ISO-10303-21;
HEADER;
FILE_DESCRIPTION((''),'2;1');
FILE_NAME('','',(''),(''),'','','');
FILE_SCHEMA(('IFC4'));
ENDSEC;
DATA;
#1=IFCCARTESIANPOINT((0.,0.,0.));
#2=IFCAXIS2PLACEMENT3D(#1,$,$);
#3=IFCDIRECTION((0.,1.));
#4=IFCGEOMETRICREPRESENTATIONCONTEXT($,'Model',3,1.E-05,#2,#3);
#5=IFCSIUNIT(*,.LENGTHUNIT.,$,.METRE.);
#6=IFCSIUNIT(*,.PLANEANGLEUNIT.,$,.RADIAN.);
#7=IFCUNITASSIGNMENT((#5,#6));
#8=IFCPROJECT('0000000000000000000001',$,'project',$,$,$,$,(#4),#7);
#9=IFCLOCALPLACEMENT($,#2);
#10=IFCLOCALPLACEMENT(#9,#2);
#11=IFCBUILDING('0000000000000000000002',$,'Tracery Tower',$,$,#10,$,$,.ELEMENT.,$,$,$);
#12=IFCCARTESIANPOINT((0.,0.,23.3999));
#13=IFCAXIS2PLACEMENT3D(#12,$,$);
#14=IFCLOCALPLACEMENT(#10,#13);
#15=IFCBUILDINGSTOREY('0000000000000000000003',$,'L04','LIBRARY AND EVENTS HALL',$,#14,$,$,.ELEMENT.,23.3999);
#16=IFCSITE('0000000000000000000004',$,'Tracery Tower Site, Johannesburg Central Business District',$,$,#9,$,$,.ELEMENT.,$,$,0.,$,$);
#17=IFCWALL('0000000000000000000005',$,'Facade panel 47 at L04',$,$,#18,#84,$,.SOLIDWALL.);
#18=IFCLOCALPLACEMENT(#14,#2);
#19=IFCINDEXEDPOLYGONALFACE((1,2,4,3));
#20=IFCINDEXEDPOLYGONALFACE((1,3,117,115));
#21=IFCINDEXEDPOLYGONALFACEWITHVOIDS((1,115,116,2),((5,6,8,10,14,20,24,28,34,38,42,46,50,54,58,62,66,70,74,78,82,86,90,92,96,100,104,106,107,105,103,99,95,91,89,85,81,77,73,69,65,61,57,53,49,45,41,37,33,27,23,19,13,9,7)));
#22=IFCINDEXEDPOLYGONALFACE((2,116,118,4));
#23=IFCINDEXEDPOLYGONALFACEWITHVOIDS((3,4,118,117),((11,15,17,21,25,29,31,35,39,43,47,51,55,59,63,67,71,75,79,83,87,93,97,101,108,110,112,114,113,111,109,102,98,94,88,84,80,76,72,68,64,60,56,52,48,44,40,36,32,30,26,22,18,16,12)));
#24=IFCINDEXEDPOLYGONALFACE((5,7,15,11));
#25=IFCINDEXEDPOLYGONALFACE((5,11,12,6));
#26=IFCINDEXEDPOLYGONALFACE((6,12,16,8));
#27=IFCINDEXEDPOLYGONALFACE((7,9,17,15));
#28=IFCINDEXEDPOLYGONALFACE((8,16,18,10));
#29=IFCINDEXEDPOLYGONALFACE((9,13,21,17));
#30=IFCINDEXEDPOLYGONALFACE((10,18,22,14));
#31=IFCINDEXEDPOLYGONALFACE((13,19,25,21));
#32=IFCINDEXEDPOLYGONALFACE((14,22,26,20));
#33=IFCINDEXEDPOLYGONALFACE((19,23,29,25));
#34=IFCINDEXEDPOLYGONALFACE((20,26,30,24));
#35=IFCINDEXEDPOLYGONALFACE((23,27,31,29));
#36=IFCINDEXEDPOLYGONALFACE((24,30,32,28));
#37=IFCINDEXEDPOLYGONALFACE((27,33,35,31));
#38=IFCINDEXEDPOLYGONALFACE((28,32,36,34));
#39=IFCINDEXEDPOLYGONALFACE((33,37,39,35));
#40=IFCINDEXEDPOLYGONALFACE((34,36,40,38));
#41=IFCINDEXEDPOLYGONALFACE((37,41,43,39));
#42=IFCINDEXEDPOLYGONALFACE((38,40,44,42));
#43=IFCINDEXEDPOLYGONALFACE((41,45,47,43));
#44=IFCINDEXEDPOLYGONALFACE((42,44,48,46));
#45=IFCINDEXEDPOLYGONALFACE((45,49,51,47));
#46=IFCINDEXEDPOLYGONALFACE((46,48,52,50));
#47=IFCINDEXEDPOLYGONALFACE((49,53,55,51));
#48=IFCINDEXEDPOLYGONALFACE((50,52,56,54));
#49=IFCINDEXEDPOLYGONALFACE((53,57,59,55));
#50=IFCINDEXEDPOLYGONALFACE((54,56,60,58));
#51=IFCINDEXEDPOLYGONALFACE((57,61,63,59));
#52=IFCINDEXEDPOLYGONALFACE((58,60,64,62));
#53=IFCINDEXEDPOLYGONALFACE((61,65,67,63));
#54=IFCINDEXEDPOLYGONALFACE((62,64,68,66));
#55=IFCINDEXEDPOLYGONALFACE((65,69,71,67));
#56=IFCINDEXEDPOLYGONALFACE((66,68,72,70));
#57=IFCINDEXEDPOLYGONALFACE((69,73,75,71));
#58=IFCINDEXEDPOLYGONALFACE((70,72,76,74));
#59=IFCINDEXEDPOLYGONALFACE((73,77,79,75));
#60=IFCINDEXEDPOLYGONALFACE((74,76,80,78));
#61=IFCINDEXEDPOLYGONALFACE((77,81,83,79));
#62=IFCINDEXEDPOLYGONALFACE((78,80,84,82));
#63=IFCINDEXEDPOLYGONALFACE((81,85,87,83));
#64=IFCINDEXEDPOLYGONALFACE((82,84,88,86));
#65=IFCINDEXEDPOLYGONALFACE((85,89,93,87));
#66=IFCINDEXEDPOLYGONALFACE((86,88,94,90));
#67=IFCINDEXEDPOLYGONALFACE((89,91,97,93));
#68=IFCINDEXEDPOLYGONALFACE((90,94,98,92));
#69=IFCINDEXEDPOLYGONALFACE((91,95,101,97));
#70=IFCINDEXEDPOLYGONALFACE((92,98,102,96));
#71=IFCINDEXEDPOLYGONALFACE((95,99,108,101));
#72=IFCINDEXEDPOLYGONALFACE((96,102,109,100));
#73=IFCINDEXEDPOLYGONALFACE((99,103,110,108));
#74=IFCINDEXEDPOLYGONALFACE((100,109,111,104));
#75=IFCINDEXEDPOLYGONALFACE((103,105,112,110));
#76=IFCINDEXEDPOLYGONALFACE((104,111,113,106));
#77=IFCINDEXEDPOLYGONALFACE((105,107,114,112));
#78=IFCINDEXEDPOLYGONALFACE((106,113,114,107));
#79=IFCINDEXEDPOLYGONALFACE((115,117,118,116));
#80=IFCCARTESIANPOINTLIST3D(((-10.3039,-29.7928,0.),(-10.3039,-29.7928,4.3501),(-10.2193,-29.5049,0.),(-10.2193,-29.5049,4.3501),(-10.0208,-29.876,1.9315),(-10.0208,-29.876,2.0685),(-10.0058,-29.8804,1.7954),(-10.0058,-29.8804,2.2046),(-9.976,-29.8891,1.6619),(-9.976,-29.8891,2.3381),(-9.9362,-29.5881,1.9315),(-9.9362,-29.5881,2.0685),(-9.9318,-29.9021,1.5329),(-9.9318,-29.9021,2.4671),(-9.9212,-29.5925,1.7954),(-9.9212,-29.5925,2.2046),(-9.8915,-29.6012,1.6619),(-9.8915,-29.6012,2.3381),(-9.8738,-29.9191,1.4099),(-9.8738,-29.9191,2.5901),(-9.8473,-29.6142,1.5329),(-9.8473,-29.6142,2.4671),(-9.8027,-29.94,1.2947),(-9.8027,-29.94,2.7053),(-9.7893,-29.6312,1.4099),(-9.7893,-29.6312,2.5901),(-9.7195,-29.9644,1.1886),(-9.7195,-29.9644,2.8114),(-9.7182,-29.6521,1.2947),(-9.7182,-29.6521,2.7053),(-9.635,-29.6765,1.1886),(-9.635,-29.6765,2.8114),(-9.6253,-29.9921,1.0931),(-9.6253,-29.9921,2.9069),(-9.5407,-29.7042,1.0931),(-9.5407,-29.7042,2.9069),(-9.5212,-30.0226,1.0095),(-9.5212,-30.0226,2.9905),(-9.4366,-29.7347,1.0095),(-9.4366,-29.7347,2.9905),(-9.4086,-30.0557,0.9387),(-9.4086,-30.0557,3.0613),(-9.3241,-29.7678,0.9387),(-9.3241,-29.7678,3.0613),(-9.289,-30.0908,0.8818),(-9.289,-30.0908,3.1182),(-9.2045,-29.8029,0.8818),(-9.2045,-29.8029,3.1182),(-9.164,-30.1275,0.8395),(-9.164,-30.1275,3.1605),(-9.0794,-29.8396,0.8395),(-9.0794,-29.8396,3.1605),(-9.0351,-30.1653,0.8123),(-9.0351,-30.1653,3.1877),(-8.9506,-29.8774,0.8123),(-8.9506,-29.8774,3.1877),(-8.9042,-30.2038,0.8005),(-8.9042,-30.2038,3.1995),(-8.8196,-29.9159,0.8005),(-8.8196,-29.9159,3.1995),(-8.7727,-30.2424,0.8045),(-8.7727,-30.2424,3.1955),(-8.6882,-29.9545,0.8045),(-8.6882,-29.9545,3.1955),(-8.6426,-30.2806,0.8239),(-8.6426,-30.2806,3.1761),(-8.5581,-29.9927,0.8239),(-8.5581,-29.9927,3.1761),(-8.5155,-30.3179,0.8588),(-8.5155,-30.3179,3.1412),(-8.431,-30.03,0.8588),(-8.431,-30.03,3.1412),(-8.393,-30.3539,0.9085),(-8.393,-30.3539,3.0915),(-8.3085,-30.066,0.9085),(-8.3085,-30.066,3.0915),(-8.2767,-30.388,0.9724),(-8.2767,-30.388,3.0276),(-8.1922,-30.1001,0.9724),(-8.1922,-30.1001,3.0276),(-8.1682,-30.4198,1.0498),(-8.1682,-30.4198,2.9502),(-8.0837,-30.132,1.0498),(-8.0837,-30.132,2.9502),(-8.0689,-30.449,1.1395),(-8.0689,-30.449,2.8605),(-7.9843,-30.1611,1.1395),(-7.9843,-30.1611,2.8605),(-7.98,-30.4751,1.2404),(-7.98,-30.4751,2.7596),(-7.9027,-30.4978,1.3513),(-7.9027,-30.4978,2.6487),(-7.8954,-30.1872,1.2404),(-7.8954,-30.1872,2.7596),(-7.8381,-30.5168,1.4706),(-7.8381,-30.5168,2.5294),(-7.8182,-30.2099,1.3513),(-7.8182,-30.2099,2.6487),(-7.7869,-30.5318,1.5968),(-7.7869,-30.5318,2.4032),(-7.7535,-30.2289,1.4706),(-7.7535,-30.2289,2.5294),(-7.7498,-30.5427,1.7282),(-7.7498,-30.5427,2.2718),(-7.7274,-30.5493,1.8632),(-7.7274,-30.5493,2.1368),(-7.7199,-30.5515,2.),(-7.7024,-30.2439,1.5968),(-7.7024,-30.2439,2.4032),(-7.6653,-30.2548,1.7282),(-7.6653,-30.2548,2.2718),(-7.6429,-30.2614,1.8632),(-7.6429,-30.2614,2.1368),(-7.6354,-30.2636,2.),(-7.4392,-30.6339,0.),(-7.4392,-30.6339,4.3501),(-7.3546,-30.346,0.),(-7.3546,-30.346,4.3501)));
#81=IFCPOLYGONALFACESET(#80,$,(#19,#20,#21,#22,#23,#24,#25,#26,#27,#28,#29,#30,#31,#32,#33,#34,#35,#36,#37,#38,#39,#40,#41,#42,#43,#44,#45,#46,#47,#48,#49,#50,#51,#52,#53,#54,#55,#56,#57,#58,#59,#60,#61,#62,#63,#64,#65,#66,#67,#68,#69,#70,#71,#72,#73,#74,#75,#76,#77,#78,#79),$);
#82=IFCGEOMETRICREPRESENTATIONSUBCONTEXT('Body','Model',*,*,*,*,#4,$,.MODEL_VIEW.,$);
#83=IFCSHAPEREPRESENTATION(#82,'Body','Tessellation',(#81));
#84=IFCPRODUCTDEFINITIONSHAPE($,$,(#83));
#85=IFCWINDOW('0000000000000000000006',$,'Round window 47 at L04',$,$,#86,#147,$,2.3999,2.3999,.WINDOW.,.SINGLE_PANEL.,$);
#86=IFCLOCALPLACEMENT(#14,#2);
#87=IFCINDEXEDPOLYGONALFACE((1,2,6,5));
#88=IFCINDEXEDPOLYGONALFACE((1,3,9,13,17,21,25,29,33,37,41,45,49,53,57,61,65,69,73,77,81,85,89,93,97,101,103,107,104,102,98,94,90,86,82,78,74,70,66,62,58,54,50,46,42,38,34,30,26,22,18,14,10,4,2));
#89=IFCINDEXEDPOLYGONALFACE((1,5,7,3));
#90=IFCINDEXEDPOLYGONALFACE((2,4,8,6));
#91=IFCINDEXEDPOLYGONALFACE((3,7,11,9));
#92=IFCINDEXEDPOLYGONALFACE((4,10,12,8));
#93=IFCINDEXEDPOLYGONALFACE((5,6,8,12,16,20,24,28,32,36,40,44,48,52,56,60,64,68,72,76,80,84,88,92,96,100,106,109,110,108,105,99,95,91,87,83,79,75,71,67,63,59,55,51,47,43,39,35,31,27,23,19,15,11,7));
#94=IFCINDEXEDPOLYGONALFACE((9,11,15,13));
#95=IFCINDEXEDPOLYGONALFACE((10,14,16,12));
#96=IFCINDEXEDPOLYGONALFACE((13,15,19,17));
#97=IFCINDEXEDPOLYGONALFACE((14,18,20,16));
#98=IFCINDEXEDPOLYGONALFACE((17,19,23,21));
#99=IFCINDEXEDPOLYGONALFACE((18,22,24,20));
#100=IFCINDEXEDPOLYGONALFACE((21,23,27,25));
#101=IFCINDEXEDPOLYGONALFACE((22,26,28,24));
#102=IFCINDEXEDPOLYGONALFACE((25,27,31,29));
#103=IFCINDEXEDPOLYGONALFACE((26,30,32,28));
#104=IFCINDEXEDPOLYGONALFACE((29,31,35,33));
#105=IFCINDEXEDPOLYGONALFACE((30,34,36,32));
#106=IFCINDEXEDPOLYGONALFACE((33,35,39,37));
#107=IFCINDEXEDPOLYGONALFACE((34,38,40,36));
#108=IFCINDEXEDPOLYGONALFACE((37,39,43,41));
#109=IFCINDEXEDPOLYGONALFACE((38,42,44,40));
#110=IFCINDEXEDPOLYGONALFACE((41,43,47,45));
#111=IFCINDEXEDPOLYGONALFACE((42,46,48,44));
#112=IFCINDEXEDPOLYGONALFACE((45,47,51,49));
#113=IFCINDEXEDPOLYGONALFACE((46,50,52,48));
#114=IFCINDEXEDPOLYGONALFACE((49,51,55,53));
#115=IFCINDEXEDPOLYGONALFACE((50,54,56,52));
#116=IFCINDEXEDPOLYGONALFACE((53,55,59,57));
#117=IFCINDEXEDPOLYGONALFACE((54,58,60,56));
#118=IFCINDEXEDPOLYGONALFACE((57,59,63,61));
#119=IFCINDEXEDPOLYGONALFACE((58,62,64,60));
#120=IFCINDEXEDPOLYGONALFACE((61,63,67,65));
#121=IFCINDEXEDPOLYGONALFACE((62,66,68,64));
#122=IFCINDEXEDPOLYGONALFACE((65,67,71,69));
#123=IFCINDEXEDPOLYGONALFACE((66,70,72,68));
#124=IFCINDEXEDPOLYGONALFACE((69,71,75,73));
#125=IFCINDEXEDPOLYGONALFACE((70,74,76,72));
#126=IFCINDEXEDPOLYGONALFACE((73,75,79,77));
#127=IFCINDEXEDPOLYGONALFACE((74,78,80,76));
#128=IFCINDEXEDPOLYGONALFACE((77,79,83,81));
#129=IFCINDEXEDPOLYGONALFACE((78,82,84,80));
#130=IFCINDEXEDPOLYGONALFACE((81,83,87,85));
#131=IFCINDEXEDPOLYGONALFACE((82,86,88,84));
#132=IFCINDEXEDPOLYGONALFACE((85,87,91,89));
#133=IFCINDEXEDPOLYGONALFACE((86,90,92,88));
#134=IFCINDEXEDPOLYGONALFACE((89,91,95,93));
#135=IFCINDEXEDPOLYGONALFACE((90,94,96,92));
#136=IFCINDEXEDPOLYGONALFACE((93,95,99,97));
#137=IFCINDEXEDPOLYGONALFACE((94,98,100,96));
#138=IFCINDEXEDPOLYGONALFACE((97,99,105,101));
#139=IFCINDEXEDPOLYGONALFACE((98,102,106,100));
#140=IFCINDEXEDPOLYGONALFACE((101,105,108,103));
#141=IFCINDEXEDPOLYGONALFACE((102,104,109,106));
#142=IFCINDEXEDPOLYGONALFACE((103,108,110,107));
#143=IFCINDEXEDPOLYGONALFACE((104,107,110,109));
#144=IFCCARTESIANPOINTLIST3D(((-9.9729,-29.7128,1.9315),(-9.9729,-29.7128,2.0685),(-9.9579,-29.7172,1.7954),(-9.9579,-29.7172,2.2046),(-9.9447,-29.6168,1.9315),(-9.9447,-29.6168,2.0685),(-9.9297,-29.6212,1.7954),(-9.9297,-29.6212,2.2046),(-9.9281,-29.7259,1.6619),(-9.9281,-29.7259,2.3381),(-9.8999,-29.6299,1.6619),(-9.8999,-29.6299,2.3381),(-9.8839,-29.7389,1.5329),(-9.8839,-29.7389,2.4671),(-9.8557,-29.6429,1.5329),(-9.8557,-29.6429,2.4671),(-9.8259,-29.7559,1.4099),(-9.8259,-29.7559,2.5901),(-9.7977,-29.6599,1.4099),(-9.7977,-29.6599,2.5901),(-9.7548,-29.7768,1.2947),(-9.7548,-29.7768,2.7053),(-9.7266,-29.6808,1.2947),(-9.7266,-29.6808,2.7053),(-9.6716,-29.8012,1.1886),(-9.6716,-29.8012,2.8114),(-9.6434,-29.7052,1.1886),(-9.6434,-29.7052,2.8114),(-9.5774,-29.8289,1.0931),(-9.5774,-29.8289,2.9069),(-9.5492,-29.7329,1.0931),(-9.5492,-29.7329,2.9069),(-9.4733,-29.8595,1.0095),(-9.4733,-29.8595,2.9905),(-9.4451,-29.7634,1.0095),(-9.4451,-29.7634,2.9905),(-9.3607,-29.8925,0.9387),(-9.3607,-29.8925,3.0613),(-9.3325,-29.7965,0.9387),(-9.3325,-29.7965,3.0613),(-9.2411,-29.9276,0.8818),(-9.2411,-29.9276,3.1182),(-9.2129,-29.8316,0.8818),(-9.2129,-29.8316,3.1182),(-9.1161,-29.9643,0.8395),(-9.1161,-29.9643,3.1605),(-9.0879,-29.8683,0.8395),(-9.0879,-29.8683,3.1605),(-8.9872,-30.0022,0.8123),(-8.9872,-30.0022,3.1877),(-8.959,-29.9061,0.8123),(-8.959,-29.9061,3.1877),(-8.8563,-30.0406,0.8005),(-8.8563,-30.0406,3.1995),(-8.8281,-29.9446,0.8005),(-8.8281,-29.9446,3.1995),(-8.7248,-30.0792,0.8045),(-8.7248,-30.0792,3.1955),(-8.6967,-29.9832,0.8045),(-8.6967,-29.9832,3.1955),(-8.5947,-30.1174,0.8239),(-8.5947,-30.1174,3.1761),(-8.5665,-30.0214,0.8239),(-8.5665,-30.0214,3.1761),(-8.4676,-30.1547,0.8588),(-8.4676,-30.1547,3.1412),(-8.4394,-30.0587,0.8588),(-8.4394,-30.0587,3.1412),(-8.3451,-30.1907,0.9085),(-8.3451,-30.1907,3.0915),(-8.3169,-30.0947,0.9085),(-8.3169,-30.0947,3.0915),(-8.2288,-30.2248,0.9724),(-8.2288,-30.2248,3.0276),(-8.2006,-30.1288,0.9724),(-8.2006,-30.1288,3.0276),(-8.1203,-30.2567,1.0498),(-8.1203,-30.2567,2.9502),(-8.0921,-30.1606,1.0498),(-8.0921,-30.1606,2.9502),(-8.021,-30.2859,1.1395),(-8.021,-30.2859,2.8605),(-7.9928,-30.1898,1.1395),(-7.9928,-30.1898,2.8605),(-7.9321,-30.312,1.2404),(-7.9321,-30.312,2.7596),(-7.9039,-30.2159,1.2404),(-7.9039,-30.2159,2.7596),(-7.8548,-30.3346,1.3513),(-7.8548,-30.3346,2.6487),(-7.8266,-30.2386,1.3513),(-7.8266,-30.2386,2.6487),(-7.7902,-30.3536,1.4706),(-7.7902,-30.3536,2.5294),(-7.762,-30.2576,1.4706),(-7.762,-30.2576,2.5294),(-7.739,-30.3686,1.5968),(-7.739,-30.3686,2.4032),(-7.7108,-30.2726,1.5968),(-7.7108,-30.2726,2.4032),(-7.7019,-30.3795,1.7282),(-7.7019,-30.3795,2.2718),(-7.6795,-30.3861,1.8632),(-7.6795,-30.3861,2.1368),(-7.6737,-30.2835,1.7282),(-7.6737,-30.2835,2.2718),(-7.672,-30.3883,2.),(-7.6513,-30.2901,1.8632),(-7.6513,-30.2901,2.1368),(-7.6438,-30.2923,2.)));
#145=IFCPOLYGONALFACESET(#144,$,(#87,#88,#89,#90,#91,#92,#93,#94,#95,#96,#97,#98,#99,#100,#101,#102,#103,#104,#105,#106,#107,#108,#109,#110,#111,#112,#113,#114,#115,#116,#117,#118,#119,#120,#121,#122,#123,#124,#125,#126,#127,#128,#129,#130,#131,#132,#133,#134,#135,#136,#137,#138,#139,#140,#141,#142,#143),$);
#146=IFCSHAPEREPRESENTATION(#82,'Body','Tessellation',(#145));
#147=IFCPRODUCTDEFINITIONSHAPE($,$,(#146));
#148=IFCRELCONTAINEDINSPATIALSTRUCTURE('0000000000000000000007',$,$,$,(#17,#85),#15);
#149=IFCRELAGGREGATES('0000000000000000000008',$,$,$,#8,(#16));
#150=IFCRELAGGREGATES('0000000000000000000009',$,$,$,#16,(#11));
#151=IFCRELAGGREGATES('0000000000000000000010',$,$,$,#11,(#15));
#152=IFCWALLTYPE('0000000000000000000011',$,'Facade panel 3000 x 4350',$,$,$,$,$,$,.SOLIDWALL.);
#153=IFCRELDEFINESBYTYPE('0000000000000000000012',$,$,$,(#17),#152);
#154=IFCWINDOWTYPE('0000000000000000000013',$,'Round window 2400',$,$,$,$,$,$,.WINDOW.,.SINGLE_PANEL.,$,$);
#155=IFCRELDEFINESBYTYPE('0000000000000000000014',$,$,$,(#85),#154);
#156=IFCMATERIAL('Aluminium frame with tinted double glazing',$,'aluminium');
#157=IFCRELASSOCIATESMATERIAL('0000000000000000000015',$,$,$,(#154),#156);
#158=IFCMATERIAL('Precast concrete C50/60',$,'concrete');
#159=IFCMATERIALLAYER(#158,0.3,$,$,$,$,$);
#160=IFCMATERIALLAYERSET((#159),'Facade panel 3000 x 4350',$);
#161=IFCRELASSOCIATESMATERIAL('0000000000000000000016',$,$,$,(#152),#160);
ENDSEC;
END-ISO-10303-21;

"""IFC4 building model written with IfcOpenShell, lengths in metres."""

from ifc_helpers import new_model, si_unit, direction, frame, frame_2d, origin, origin_2d, place, context, subcontext, project, spatial, rectangle, circle, extrude, material, layer, layer_set, type_object, element, fill, save


model = new_model("IFC4")

# Units and contexts
model_context = context("Model", 3, precision=1e-05, world=origin(), true_north=direction((0.0, 1.0)))
body_context = subcontext(model_context, "Body", "Model", "MODEL_VIEW")
ifc_project = project(units=[si_unit("LENGTHUNIT", "METRE"), si_unit("PLANEANGLEUNIT", "RADIAN")], contexts=[model_context])

# Site, building, storey
site_placement = place(None, origin())
site = spatial("IfcSite", under=ifc_project, at=site_placement, Name="Tracery Tower Site, Johannesburg Central Business District", CompositionType="ELEMENT", RefElevation=0.0)
building_placement = place(site_placement, origin())
building = spatial("IfcBuilding", under=site, at=building_placement, Name="Tracery Tower", CompositionType="ELEMENT")
storey_placement = place(building_placement, frame((0.0, 0.0, 23.3999)))
storey = spatial("IfcBuildingStorey", under=building, at=storey_placement, Name="L04", Description="LIBRARY AND EVENTS HALL", CompositionType="ELEMENT", Elevation=23.3999)

# Wall, opening, window
ifc_material_1 = material(Name="Aluminium frame with tinted double glazing", Category="aluminium")
window_type = type_object("IfcWindowType", Name="Round window 2400", PartitioningType="SINGLE_PANEL", PredefinedType="WINDOW", material=ifc_material_1)
ifc_material_2 = material(Name="Precast concrete C50/60", Category="concrete")
ifc_layer_1 = layer(ifc_material_2, 0.3)
ifc_layer_set_1 = layer_set([ifc_layer_1], Name="Facade panel 3000 x 4350")
wall_type_1 = type_object("IfcWallType", Name="Facade panel 3000 x 4350", PredefinedType="SOLIDWALL", material=ifc_layer_set_1)
wall_1_placement = place(storey_placement, frame((-10.2615, -29.6489, 0.0), z_axis=(0.0, 0.0, 1.0), x_axis=(0.959502, -0.281701, 0.0)))
wall_1 = element("IfcWall", 1, at=wall_1_placement, inside=storey, type_object=wall_type_1, Name="Facade panel 47 at L04", PredefinedType="SOLIDWALL", context=body_context, shape_type="SweptSolid", body=[
    extrude(rectangle(XDim=2.9856, YDim=0.3, at=frame_2d((1.4927, 0.0))), origin(), (0.0, 0.0, 1.0), 4.3501),
])
opening_1_placement = place(wall_1_placement, frame((1.4929, 0.0, 2.0)))
opening_1 = element("IfcOpeningElement", 2, at=opening_1_placement, cuts=wall_1, PredefinedType="OPENING", context=body_context, shape_type="SweptSolid", body=[
    extrude(circle(Radius=1.2, at=origin_2d()), frame((0.0, 0.1599, 0.0), z_axis=(0.0, -1.0, 0.0), x_axis=(1.0, 0.0, 0.0)), (0.0, 0.0, 1.0), 0.3201),
])
window_1_placement = place(opening_1_placement, origin())
window_1 = element("IfcWindow", 3, at=window_1_placement, inside=storey, type_object=window_type, Name="Round window 47 at L04", OverallHeight=2.3999, OverallWidth=2.3999, PartitioningType="SINGLE_PANEL", PredefinedType="WINDOW", context=body_context, shape_type="SweptSolid", body=[
    extrude(circle(Radius=1.2, at=origin_2d()), frame((0.0, 0.1201, 0.0), z_axis=(0.0, -1.0, 0.0), x_axis=(1.0, 0.0, 0.0)), (0.0, 0.0, 1.0), 0.1001),
])
fill(opening_1, window_1)

save(model, "model.ifc")
